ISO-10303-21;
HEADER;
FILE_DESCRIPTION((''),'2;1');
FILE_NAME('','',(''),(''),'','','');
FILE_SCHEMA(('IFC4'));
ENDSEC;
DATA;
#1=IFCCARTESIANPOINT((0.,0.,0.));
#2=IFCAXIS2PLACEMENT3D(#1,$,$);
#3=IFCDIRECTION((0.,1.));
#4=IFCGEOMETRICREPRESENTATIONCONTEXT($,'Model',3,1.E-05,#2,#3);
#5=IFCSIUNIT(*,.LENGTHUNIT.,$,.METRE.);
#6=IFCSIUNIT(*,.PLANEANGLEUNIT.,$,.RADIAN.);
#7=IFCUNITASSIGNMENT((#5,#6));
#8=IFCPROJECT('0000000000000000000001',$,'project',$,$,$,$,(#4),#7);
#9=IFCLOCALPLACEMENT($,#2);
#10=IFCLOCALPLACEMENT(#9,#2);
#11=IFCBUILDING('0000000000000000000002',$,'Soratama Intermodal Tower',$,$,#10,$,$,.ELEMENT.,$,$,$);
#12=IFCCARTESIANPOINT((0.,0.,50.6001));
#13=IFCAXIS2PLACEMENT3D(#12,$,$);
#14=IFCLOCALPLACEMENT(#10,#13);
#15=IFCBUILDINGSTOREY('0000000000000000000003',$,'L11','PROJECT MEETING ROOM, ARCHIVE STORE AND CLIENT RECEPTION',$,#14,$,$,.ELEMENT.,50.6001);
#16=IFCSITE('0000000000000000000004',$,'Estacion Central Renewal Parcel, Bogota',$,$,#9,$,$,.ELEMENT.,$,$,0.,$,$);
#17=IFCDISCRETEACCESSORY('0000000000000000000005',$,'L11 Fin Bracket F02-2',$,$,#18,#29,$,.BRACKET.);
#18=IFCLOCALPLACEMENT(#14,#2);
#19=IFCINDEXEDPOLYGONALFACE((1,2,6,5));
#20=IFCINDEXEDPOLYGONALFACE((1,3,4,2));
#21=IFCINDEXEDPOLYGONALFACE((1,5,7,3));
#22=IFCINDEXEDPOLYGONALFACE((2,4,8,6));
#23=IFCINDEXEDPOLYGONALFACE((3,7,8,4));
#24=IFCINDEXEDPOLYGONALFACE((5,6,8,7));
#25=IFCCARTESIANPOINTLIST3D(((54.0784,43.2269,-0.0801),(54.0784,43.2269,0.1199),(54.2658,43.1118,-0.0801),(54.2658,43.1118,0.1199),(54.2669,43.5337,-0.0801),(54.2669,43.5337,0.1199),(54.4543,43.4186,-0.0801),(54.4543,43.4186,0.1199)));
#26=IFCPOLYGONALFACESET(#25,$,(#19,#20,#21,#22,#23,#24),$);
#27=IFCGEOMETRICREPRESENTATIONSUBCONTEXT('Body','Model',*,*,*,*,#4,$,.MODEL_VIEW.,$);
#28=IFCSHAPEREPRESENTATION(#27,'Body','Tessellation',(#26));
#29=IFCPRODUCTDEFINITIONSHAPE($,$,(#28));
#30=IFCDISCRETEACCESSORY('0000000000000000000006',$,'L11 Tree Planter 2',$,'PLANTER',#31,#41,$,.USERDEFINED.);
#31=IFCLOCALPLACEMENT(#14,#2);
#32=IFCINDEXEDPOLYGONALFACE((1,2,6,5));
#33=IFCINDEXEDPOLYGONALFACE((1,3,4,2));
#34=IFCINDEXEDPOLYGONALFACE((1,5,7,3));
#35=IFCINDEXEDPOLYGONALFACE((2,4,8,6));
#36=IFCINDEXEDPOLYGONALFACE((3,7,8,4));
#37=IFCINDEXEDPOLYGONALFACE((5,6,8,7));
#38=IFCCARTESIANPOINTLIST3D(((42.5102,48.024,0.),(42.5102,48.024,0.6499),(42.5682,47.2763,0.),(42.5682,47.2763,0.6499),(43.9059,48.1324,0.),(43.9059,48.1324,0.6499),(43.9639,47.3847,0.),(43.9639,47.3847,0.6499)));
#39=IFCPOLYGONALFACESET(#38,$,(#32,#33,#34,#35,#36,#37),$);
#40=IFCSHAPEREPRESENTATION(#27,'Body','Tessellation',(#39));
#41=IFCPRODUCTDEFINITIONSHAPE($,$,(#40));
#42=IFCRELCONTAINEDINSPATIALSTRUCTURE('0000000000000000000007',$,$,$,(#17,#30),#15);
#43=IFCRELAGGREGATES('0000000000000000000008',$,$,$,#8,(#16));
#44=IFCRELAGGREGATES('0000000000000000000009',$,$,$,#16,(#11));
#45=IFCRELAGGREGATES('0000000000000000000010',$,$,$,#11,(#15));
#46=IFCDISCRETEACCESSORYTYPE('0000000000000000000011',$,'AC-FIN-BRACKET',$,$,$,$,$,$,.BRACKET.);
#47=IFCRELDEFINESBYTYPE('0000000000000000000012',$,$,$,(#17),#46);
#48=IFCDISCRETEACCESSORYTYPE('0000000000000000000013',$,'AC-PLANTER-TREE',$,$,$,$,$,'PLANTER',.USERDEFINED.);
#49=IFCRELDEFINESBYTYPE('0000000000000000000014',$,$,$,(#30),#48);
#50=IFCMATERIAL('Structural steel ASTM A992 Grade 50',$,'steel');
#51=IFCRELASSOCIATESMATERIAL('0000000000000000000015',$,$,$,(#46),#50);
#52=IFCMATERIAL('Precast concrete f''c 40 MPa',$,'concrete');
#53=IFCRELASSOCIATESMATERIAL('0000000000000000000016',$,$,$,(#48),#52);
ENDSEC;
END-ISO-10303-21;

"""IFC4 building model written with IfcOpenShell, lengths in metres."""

from ifc_helpers import new_model, si_unit, direction, frame, origin, origin_2d, place, context, subcontext, project, spatial, rectangle, extrude, material, type_object, element, save


model = new_model("IFC4")

# Units and contexts
model_context = context("Model", 3, precision=1e-05, world=origin(), true_north=direction((0.0, 1.0)))
body_context = subcontext(model_context, "Body", "Model", "MODEL_VIEW")
ifc_project = project(units=[si_unit("LENGTHUNIT", "METRE"), si_unit("PLANEANGLEUNIT", "RADIAN")], contexts=[model_context])

# Site, building, storey
site_placement = place(None, origin())
site = spatial("IfcSite", under=ifc_project, at=site_placement, Name="Estacion Central Renewal Parcel, Bogota", CompositionType="ELEMENT", RefElevation=0.0)
building_placement = place(site_placement, origin())
building = spatial("IfcBuilding", under=site, at=building_placement, Name="Soratama Intermodal Tower", CompositionType="ELEMENT")
storey_placement = place(building_placement, frame((0.0, 0.0, 50.6001)))
storey = spatial("IfcBuildingStorey", under=building, at=storey_placement, Name="L11", Description="PROJECT MEETING ROOM, ARCHIVE STORE AND CLIENT RECEPTION", CompositionType="ELEMENT", Elevation=50.6001)

# Discrete accessories
ifc_material_1 = material(Name="Structural steel ASTM A992 Grade 50", Category="steel")
discrete_accessory_type_1 = type_object("IfcDiscreteAccessoryType", Name="AC-FIN-BRACKET", PredefinedType="BRACKET", material=ifc_material_1)
discrete_accessory_1_placement = place(storey_placement, frame((54.2664, 43.3228, -0.0801), z_axis=(0.0, 0.0, 1.0), x_axis=(0.523391, 0.852093, 0.0)))
element("IfcDiscreteAccessory", 1, at=discrete_accessory_1_placement, inside=storey, type_object=discrete_accessory_type_1, Name="L11 Fin Bracket F02-2", PredefinedType="BRACKET", context=body_context, shape_type="SweptSolid", body=[
    extrude(rectangle(XDim=0.3601, YDim=0.22, at=origin_2d()), origin(), (0.0, 0.0, 1.0), 0.2),
])
ifc_material_2 = material(Name="Precast concrete f'c 40 MPa", Category="concrete")
discrete_accessory_type_2 = type_object("IfcDiscreteAccessoryType", Name="AC-PLANTER-TREE", ElementType="PLANTER", PredefinedType="USERDEFINED", material=ifc_material_2)
discrete_accessory_2_placement = place(storey_placement, frame((43.2371, 47.7043, 0.0), z_axis=(0.0, 0.0, 1.0), x_axis=(-0.077415, 0.996999, 0.0)))
element("IfcDiscreteAccessory", 2, at=discrete_accessory_2_placement, inside=storey, type_object=discrete_accessory_type_2, Name="L11 Tree Planter 2", ObjectType="PLANTER", PredefinedType="USERDEFINED", context=body_context, shape_type="SweptSolid", body=[
    extrude(rectangle(XDim=0.75, YDim=1.3999, at=origin_2d()), origin(), (0.0, 0.0, 1.0), 0.6499),
])

save(model, "model.ifc")
